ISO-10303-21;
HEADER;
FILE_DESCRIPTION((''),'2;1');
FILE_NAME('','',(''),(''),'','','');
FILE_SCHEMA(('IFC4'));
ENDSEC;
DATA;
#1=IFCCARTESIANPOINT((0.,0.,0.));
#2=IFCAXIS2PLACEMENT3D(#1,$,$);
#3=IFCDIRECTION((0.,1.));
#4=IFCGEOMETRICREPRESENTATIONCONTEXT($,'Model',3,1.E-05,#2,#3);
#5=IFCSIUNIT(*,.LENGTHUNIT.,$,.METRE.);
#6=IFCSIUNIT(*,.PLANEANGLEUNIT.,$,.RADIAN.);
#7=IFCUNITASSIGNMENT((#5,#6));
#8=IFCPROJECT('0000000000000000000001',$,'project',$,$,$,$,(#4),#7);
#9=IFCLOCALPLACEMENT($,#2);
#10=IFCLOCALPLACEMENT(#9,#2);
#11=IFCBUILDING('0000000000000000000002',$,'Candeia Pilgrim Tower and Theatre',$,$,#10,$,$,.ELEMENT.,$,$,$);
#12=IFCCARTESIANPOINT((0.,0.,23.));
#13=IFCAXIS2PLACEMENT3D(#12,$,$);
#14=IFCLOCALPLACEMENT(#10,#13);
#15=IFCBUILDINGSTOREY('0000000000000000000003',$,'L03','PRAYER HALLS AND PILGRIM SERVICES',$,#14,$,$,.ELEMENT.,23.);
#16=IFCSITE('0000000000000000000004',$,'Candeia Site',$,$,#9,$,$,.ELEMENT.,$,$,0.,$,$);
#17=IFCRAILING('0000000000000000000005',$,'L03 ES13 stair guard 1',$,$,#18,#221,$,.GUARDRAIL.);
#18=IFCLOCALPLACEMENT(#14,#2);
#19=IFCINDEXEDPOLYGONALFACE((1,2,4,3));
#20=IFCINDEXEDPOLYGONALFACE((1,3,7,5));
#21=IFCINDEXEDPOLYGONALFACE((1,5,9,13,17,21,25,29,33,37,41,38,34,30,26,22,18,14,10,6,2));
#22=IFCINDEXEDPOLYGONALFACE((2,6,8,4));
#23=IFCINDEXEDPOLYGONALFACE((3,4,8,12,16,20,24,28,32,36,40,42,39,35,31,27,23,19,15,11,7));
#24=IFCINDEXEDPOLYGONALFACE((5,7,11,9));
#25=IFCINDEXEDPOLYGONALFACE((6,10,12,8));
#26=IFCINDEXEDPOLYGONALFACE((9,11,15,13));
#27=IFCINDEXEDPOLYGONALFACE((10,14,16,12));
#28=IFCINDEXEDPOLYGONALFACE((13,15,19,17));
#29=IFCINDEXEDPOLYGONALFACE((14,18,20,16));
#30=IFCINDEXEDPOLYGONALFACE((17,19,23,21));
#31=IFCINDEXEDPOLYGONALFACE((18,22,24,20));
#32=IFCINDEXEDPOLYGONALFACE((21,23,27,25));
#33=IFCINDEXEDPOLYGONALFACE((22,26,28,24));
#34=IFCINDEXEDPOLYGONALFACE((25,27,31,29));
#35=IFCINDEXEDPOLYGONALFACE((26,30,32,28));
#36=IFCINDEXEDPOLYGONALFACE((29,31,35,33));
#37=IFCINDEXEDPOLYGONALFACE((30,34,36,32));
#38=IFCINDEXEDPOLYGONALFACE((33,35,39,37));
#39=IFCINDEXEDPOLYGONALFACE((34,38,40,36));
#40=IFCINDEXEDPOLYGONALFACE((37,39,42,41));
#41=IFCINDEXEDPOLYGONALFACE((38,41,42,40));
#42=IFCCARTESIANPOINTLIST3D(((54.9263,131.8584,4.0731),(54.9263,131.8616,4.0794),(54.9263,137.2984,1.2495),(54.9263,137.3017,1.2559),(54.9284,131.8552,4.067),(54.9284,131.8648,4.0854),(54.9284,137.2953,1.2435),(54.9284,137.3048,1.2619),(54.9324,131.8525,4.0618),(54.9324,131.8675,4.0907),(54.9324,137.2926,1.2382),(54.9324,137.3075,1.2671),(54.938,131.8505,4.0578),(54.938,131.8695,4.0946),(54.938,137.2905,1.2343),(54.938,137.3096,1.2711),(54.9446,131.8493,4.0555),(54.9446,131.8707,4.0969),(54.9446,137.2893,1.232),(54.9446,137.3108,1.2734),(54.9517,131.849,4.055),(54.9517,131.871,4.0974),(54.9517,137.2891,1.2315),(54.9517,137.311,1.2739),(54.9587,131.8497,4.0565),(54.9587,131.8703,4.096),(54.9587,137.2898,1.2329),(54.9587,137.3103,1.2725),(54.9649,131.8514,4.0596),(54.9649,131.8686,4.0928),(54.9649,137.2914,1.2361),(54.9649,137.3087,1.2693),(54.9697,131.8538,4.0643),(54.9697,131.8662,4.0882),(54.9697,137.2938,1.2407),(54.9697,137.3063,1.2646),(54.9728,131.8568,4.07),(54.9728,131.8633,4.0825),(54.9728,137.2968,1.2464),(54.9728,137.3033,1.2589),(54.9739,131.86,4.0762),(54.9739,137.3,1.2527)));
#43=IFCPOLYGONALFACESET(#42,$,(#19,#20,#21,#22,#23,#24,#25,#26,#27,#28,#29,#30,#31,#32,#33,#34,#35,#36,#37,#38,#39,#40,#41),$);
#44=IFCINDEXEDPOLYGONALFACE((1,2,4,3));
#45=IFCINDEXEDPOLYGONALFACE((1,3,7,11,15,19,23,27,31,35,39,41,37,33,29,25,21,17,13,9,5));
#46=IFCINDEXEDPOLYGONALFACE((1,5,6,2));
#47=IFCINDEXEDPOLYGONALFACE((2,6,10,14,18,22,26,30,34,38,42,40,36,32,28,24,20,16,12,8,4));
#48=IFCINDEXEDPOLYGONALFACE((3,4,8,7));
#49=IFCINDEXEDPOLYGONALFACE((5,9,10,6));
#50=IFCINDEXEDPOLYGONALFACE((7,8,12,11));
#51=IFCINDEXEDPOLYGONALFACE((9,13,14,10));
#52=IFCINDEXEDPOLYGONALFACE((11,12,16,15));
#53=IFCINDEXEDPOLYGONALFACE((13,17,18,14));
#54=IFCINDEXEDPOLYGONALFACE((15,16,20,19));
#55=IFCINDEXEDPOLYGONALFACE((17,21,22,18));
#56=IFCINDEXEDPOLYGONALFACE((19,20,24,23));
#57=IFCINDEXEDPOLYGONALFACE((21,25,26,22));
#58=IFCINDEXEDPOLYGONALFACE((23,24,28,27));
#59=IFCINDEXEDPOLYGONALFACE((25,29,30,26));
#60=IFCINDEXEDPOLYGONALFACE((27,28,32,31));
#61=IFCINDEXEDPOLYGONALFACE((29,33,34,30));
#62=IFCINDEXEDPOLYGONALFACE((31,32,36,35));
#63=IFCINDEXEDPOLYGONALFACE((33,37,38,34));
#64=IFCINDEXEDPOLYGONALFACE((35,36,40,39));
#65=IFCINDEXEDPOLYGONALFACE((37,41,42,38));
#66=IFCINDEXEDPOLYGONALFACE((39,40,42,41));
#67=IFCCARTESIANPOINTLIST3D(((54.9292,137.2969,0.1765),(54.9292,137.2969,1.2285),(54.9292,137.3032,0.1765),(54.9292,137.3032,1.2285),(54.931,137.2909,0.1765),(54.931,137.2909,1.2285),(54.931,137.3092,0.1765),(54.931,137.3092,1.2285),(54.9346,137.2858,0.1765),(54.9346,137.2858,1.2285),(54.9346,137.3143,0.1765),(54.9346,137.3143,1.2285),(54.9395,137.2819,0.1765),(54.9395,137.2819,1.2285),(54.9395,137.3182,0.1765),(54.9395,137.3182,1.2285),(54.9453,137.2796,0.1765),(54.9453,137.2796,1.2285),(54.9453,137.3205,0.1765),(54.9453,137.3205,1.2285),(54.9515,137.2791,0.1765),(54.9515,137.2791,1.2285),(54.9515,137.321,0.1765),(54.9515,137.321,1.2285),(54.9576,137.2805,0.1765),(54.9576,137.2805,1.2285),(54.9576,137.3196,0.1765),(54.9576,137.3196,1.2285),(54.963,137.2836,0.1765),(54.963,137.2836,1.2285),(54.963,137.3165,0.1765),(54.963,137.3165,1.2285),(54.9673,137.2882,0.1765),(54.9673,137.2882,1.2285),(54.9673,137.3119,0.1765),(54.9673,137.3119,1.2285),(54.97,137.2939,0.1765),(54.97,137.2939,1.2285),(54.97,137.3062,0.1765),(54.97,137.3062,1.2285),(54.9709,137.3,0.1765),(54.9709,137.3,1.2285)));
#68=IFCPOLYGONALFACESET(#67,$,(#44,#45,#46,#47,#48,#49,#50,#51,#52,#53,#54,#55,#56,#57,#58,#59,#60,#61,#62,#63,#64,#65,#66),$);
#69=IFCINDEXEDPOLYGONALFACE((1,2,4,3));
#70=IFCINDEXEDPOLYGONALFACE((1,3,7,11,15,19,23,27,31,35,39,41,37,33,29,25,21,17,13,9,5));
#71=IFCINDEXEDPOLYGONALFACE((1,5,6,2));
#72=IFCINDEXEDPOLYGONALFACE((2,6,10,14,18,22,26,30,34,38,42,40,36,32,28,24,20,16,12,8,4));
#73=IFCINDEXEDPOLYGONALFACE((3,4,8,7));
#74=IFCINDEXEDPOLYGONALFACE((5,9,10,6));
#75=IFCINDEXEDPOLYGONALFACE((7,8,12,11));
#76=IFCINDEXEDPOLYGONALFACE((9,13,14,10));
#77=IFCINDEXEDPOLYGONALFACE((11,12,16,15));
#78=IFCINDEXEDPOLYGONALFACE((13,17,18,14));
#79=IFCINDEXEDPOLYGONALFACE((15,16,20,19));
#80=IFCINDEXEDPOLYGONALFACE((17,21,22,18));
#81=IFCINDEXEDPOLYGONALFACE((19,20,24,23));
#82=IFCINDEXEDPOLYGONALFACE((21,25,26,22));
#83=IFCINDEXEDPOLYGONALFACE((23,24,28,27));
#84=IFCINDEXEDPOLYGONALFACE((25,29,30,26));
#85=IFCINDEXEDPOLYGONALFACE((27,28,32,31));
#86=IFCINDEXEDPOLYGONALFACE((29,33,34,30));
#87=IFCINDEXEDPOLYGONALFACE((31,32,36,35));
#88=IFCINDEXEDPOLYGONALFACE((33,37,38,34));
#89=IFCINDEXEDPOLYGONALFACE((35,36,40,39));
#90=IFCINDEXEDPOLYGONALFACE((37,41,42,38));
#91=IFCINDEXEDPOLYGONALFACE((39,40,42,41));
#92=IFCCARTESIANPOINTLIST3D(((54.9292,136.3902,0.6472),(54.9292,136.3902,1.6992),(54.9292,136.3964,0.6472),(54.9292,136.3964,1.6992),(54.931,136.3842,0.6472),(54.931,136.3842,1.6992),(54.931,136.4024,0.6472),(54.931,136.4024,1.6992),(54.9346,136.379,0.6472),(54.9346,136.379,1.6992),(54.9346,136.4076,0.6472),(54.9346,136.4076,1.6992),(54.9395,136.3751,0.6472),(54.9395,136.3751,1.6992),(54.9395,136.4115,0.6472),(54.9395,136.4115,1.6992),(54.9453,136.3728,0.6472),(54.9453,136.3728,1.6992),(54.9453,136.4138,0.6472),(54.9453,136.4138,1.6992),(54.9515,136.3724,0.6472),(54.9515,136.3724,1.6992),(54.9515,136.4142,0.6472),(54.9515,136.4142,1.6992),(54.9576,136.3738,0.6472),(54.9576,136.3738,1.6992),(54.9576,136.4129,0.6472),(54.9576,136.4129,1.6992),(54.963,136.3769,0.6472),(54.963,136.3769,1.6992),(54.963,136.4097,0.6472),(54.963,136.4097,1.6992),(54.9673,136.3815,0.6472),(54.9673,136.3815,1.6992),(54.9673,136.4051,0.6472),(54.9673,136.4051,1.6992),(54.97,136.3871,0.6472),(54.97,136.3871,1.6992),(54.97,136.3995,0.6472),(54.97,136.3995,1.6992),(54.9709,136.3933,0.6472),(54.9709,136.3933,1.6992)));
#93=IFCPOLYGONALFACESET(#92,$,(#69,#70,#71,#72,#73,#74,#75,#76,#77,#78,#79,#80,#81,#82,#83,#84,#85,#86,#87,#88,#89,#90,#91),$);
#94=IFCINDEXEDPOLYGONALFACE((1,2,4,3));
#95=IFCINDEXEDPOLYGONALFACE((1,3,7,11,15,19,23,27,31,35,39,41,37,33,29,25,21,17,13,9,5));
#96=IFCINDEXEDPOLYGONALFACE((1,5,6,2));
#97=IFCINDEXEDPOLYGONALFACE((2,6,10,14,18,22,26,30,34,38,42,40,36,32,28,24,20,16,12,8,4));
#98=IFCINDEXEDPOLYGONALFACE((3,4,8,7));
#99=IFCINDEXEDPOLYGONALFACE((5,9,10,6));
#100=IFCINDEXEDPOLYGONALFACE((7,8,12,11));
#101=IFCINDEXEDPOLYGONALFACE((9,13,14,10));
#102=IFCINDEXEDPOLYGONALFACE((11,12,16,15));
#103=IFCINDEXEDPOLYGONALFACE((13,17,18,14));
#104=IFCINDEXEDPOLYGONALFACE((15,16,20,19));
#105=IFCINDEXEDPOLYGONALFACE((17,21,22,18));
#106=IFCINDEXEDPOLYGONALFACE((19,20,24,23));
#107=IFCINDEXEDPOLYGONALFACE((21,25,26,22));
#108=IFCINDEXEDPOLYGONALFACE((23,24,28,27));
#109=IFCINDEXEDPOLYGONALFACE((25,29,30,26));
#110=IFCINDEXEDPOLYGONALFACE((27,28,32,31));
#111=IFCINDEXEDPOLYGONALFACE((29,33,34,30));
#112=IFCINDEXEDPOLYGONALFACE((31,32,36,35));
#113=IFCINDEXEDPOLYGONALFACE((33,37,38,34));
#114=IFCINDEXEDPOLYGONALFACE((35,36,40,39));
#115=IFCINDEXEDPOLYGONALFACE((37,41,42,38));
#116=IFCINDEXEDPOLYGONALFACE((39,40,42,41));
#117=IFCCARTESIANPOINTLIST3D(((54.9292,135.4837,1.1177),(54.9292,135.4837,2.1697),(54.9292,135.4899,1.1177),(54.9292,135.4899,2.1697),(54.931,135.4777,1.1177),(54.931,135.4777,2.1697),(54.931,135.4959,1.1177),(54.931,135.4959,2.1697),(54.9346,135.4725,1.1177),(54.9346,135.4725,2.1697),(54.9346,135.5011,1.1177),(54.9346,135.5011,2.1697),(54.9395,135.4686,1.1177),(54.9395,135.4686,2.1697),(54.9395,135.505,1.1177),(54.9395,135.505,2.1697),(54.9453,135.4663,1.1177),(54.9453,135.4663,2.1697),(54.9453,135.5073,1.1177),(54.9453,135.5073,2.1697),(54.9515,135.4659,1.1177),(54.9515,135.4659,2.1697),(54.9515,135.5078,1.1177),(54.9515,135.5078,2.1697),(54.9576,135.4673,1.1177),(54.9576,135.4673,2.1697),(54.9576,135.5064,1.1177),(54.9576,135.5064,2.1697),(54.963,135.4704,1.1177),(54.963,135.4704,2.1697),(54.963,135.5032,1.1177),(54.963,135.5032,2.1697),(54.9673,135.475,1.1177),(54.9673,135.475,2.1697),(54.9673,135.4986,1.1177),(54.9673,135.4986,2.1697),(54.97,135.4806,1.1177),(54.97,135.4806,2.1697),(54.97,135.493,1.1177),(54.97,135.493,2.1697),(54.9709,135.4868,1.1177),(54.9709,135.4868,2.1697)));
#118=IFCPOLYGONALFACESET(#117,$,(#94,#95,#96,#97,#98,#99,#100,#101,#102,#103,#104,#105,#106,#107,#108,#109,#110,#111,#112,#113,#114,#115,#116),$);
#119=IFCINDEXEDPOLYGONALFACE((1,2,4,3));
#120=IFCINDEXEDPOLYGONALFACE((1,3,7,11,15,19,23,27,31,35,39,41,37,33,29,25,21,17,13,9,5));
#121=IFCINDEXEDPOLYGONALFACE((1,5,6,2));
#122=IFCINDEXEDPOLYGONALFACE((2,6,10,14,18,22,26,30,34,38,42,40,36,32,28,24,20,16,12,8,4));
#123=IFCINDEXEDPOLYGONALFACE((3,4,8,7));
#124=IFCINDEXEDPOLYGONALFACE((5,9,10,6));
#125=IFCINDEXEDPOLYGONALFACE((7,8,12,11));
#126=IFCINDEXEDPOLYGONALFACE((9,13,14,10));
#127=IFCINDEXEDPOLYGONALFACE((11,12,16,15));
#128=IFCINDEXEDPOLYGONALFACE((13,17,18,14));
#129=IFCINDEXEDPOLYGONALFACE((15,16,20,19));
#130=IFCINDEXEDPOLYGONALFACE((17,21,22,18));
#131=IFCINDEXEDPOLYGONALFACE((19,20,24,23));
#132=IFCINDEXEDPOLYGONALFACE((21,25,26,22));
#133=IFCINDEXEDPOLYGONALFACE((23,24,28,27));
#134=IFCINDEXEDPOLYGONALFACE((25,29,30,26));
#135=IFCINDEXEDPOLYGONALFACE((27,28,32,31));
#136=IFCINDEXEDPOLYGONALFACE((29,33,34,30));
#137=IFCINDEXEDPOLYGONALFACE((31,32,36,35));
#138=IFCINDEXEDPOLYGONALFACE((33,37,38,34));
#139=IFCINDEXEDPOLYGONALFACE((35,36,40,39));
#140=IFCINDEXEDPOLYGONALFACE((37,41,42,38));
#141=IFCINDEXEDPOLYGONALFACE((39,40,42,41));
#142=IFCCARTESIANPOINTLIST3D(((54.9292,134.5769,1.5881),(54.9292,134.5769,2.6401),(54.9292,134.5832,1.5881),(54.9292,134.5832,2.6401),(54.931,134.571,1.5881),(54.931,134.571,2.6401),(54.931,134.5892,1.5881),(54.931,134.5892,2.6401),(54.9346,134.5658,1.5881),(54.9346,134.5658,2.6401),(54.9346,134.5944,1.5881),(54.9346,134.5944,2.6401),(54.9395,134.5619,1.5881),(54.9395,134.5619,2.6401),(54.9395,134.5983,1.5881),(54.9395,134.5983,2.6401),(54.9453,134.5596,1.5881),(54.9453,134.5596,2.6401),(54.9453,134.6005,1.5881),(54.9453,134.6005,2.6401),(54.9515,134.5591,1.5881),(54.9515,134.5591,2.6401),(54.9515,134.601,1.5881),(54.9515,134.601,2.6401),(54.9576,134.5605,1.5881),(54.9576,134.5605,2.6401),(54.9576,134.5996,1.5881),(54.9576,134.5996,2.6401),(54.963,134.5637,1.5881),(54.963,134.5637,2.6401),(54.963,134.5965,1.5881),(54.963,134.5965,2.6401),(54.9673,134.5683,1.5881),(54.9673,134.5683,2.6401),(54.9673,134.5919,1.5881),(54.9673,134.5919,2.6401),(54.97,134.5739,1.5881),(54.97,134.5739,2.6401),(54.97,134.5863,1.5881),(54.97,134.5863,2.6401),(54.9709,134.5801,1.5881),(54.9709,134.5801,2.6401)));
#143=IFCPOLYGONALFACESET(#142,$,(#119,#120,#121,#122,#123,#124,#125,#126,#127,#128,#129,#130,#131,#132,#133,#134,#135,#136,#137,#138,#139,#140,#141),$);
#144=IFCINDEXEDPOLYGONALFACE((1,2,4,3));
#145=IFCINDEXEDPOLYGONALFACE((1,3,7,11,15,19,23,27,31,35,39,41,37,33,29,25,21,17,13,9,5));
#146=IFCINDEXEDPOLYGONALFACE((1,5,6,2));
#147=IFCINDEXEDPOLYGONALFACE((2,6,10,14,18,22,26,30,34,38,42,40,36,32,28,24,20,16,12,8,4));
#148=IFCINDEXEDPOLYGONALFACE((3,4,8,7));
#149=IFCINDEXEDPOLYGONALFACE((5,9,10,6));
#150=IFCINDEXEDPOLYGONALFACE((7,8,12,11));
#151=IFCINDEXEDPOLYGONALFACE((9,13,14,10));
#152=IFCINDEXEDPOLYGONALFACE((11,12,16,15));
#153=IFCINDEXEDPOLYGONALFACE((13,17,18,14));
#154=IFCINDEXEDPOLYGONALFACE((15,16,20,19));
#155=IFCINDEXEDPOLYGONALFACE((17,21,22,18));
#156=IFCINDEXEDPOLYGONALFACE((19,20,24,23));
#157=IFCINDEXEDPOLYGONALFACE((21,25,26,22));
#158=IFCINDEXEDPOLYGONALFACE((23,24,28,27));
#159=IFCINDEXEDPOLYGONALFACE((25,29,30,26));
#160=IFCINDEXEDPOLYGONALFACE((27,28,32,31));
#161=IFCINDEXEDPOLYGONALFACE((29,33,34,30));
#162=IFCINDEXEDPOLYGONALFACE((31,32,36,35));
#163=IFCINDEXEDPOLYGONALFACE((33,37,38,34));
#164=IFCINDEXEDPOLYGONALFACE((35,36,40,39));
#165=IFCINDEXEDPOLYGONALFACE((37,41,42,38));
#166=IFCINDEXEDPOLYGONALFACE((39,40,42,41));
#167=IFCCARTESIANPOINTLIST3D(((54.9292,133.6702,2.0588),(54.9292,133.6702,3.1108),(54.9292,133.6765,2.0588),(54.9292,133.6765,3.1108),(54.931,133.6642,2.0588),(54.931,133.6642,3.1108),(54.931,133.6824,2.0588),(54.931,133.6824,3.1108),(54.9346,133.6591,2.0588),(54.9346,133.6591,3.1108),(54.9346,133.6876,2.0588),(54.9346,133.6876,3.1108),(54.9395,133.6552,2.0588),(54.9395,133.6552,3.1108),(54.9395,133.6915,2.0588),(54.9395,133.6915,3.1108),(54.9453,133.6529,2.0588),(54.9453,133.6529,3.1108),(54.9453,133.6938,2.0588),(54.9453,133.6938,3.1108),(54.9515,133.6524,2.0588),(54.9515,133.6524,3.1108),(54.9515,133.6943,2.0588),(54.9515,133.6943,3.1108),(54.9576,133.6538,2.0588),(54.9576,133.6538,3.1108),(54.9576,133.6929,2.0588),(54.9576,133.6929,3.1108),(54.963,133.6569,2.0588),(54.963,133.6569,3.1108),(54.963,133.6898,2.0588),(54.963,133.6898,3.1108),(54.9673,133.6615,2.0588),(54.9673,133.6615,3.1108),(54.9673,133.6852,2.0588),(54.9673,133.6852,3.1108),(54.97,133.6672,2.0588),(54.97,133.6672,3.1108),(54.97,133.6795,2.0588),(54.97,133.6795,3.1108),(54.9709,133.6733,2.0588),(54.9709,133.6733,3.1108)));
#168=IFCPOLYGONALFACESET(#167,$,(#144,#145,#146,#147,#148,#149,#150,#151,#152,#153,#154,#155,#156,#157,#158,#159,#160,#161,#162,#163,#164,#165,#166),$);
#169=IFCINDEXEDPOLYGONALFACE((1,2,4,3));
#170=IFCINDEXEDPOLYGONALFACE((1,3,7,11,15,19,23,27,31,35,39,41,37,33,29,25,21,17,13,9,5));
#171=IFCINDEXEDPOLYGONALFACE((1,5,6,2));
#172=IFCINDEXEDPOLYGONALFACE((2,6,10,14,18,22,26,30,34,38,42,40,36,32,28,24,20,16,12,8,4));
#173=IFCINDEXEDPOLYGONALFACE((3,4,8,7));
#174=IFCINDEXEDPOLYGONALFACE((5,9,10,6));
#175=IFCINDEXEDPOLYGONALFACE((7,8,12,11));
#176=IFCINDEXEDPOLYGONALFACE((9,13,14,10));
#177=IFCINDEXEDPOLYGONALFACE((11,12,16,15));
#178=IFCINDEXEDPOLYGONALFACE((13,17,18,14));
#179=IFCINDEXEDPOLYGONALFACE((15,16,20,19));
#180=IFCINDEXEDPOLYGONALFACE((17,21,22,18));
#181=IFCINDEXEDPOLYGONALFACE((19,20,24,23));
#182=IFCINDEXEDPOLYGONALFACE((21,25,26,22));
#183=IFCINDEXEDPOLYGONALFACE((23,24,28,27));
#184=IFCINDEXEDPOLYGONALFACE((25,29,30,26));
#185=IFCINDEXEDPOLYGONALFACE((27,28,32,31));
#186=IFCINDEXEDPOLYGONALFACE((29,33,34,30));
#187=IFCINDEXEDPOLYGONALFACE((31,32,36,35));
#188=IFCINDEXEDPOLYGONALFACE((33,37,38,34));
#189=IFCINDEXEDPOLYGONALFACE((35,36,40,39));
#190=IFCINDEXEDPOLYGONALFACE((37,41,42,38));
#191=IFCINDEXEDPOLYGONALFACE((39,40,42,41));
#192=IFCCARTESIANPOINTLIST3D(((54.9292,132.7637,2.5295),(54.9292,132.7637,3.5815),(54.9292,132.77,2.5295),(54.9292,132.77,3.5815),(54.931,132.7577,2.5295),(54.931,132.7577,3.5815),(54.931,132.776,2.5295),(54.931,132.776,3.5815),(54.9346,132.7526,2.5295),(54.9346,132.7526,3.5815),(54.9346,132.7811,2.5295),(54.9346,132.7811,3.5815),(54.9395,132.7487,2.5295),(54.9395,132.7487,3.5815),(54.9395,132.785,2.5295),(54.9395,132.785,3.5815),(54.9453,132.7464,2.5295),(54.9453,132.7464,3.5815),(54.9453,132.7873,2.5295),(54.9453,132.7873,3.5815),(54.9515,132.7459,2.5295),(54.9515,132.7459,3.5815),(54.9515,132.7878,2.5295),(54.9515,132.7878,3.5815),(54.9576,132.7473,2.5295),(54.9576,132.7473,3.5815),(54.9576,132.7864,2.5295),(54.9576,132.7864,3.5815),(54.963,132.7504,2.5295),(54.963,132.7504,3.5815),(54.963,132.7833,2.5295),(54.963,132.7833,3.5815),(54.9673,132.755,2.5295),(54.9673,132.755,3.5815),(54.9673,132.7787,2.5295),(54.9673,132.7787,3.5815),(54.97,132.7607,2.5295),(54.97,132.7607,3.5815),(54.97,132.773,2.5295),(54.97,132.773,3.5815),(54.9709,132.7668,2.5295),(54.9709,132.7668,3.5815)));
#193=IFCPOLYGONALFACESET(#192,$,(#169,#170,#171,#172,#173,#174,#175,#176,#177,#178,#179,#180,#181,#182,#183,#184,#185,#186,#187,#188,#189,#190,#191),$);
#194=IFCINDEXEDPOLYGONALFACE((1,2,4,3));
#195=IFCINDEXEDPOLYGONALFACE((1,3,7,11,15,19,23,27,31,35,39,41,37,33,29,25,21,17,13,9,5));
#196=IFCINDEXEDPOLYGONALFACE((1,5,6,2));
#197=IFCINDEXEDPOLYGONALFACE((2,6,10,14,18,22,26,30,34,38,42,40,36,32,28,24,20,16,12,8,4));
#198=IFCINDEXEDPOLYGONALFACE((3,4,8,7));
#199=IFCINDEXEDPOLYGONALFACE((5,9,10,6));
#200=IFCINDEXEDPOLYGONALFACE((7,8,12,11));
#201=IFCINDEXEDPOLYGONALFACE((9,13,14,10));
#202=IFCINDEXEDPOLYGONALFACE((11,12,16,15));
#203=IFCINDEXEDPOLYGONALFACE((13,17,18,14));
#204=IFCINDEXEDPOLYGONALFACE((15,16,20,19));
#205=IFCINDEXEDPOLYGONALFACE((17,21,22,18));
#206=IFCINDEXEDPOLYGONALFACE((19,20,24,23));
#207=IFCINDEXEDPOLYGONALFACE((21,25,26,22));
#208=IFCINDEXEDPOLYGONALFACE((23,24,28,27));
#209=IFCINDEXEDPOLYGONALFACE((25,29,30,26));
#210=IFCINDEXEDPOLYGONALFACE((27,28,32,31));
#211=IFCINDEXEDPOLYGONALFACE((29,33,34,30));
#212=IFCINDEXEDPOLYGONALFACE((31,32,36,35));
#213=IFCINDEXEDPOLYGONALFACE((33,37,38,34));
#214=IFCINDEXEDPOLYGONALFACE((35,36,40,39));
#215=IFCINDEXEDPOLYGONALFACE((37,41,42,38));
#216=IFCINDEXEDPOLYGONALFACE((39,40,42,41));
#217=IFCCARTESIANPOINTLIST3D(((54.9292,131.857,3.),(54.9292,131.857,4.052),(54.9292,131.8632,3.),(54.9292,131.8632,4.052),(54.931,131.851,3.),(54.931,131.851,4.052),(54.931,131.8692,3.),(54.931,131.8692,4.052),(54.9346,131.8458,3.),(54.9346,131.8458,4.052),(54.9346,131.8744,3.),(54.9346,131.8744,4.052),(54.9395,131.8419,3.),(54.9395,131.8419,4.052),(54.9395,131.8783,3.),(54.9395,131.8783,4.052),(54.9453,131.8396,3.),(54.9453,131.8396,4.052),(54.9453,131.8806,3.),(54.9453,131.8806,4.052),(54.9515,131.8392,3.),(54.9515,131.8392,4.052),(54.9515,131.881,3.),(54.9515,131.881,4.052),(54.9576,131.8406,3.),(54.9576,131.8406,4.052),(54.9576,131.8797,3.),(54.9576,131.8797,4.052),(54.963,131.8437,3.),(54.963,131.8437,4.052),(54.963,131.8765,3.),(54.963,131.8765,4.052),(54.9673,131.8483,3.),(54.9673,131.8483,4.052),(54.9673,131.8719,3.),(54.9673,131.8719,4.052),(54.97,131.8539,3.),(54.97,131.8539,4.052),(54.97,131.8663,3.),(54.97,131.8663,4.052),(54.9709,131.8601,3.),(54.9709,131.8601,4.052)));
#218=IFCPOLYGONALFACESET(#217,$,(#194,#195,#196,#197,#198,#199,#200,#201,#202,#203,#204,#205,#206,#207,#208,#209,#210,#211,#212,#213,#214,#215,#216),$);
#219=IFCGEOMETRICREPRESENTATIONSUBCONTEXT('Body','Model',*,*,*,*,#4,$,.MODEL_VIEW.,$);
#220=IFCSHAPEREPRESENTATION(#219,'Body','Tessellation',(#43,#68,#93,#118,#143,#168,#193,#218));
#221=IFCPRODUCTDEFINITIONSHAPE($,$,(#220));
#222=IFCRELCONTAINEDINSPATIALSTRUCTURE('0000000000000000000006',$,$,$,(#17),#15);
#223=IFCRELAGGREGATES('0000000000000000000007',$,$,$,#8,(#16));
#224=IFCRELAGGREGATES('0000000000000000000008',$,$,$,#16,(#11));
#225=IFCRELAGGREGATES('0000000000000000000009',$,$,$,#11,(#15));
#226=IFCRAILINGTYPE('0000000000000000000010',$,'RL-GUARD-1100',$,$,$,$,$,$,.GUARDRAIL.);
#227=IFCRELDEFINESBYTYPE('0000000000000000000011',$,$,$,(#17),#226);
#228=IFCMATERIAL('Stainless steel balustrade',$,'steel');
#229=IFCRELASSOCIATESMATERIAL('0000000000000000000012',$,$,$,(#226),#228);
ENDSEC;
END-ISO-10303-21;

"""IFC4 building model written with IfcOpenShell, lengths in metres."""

from ifc_helpers import new_model, si_unit, direction, frame, origin, origin_2d, place, context, subcontext, project, spatial, circle, extrude, material, type_object, element, save


model = new_model("IFC4")

# Units and contexts
model_context = context("Model", 3, precision=1e-05, world=origin(), true_north=direction((0.0, 1.0)))
body_context = subcontext(model_context, "Body", "Model", "MODEL_VIEW")
ifc_project = project(units=[si_unit("LENGTHUNIT", "METRE"), si_unit("PLANEANGLEUNIT", "RADIAN")], contexts=[model_context])

# Site, building, storey
site_placement = place(None, origin())
site = spatial("IfcSite", under=ifc_project, at=site_placement, Name="Candeia Site", CompositionType="ELEMENT", RefElevation=0.0)
building_placement = place(site_placement, origin())
building = spatial("IfcBuilding", under=site, at=building_placement, Name="Candeia Pilgrim Tower and Theatre", CompositionType="ELEMENT")
storey_placement = place(building_placement, frame((0.0, 0.0, 23.0)))
storey = spatial("IfcBuildingStorey", under=building, at=storey_placement, Name="L03", Description="PRAYER HALLS AND PILGRIM SERVICES", CompositionType="ELEMENT", Elevation=23.0)

# Railing
ifc_material_1 = material(Name="Stainless steel balustrade", Category="steel")
railing_type_1 = type_object("IfcRailingType", Name="RL-GUARD-1100", PredefinedType="GUARDRAIL", material=ifc_material_1)
railing_1_placement = place(storey_placement, frame((54.95, 137.3, 0.1765)))
element("IfcRailing", 1, at=railing_1_placement, inside=storey, type_object=railing_type_1, Name="L03 ES13 stair guard 1", PredefinedType="GUARDRAIL", context=body_context, shape_type="SweptSolid", body=[
    extrude(circle(Radius=0.0239, at=origin_2d()), frame((0.0, 0.0, 1.0762), z_axis=(0.0, -0.887569, 0.460674), x_axis=(1.0, 0.0, 0.0)), (0.0, 0.0, 1.0), 6.1292),
    extrude(circle(Radius=0.021, at=origin_2d()), origin(), (0.0, 0.0, 1.0), 1.052),
    extrude(circle(Radius=0.021, at=origin_2d()), frame((0.0, -0.9067, 0.4707)), (0.0, 0.0, 1.0), 1.052),
    extrude(circle(Radius=0.021, at=origin_2d()), frame((0.0, -1.8132, 0.9412)), (0.0, 0.0, 1.0), 1.052),
    extrude(circle(Radius=0.021, at=origin_2d()), frame((0.0, -2.72, 1.4116)), (0.0, 0.0, 1.0), 1.052),
    extrude(circle(Radius=0.021, at=origin_2d()), frame((0.0, -3.6267, 1.8823)), (0.0, 0.0, 1.0), 1.052),
    extrude(circle(Radius=0.021, at=origin_2d()), frame((0.0, -4.5332, 2.353)), (0.0, 0.0, 1.0), 1.052),
    extrude(circle(Radius=0.021, at=origin_2d()), frame((0.0, -5.4399, 2.8235)), (0.0, 0.0, 1.0), 1.052),
])

save(model, "model.ifc")
